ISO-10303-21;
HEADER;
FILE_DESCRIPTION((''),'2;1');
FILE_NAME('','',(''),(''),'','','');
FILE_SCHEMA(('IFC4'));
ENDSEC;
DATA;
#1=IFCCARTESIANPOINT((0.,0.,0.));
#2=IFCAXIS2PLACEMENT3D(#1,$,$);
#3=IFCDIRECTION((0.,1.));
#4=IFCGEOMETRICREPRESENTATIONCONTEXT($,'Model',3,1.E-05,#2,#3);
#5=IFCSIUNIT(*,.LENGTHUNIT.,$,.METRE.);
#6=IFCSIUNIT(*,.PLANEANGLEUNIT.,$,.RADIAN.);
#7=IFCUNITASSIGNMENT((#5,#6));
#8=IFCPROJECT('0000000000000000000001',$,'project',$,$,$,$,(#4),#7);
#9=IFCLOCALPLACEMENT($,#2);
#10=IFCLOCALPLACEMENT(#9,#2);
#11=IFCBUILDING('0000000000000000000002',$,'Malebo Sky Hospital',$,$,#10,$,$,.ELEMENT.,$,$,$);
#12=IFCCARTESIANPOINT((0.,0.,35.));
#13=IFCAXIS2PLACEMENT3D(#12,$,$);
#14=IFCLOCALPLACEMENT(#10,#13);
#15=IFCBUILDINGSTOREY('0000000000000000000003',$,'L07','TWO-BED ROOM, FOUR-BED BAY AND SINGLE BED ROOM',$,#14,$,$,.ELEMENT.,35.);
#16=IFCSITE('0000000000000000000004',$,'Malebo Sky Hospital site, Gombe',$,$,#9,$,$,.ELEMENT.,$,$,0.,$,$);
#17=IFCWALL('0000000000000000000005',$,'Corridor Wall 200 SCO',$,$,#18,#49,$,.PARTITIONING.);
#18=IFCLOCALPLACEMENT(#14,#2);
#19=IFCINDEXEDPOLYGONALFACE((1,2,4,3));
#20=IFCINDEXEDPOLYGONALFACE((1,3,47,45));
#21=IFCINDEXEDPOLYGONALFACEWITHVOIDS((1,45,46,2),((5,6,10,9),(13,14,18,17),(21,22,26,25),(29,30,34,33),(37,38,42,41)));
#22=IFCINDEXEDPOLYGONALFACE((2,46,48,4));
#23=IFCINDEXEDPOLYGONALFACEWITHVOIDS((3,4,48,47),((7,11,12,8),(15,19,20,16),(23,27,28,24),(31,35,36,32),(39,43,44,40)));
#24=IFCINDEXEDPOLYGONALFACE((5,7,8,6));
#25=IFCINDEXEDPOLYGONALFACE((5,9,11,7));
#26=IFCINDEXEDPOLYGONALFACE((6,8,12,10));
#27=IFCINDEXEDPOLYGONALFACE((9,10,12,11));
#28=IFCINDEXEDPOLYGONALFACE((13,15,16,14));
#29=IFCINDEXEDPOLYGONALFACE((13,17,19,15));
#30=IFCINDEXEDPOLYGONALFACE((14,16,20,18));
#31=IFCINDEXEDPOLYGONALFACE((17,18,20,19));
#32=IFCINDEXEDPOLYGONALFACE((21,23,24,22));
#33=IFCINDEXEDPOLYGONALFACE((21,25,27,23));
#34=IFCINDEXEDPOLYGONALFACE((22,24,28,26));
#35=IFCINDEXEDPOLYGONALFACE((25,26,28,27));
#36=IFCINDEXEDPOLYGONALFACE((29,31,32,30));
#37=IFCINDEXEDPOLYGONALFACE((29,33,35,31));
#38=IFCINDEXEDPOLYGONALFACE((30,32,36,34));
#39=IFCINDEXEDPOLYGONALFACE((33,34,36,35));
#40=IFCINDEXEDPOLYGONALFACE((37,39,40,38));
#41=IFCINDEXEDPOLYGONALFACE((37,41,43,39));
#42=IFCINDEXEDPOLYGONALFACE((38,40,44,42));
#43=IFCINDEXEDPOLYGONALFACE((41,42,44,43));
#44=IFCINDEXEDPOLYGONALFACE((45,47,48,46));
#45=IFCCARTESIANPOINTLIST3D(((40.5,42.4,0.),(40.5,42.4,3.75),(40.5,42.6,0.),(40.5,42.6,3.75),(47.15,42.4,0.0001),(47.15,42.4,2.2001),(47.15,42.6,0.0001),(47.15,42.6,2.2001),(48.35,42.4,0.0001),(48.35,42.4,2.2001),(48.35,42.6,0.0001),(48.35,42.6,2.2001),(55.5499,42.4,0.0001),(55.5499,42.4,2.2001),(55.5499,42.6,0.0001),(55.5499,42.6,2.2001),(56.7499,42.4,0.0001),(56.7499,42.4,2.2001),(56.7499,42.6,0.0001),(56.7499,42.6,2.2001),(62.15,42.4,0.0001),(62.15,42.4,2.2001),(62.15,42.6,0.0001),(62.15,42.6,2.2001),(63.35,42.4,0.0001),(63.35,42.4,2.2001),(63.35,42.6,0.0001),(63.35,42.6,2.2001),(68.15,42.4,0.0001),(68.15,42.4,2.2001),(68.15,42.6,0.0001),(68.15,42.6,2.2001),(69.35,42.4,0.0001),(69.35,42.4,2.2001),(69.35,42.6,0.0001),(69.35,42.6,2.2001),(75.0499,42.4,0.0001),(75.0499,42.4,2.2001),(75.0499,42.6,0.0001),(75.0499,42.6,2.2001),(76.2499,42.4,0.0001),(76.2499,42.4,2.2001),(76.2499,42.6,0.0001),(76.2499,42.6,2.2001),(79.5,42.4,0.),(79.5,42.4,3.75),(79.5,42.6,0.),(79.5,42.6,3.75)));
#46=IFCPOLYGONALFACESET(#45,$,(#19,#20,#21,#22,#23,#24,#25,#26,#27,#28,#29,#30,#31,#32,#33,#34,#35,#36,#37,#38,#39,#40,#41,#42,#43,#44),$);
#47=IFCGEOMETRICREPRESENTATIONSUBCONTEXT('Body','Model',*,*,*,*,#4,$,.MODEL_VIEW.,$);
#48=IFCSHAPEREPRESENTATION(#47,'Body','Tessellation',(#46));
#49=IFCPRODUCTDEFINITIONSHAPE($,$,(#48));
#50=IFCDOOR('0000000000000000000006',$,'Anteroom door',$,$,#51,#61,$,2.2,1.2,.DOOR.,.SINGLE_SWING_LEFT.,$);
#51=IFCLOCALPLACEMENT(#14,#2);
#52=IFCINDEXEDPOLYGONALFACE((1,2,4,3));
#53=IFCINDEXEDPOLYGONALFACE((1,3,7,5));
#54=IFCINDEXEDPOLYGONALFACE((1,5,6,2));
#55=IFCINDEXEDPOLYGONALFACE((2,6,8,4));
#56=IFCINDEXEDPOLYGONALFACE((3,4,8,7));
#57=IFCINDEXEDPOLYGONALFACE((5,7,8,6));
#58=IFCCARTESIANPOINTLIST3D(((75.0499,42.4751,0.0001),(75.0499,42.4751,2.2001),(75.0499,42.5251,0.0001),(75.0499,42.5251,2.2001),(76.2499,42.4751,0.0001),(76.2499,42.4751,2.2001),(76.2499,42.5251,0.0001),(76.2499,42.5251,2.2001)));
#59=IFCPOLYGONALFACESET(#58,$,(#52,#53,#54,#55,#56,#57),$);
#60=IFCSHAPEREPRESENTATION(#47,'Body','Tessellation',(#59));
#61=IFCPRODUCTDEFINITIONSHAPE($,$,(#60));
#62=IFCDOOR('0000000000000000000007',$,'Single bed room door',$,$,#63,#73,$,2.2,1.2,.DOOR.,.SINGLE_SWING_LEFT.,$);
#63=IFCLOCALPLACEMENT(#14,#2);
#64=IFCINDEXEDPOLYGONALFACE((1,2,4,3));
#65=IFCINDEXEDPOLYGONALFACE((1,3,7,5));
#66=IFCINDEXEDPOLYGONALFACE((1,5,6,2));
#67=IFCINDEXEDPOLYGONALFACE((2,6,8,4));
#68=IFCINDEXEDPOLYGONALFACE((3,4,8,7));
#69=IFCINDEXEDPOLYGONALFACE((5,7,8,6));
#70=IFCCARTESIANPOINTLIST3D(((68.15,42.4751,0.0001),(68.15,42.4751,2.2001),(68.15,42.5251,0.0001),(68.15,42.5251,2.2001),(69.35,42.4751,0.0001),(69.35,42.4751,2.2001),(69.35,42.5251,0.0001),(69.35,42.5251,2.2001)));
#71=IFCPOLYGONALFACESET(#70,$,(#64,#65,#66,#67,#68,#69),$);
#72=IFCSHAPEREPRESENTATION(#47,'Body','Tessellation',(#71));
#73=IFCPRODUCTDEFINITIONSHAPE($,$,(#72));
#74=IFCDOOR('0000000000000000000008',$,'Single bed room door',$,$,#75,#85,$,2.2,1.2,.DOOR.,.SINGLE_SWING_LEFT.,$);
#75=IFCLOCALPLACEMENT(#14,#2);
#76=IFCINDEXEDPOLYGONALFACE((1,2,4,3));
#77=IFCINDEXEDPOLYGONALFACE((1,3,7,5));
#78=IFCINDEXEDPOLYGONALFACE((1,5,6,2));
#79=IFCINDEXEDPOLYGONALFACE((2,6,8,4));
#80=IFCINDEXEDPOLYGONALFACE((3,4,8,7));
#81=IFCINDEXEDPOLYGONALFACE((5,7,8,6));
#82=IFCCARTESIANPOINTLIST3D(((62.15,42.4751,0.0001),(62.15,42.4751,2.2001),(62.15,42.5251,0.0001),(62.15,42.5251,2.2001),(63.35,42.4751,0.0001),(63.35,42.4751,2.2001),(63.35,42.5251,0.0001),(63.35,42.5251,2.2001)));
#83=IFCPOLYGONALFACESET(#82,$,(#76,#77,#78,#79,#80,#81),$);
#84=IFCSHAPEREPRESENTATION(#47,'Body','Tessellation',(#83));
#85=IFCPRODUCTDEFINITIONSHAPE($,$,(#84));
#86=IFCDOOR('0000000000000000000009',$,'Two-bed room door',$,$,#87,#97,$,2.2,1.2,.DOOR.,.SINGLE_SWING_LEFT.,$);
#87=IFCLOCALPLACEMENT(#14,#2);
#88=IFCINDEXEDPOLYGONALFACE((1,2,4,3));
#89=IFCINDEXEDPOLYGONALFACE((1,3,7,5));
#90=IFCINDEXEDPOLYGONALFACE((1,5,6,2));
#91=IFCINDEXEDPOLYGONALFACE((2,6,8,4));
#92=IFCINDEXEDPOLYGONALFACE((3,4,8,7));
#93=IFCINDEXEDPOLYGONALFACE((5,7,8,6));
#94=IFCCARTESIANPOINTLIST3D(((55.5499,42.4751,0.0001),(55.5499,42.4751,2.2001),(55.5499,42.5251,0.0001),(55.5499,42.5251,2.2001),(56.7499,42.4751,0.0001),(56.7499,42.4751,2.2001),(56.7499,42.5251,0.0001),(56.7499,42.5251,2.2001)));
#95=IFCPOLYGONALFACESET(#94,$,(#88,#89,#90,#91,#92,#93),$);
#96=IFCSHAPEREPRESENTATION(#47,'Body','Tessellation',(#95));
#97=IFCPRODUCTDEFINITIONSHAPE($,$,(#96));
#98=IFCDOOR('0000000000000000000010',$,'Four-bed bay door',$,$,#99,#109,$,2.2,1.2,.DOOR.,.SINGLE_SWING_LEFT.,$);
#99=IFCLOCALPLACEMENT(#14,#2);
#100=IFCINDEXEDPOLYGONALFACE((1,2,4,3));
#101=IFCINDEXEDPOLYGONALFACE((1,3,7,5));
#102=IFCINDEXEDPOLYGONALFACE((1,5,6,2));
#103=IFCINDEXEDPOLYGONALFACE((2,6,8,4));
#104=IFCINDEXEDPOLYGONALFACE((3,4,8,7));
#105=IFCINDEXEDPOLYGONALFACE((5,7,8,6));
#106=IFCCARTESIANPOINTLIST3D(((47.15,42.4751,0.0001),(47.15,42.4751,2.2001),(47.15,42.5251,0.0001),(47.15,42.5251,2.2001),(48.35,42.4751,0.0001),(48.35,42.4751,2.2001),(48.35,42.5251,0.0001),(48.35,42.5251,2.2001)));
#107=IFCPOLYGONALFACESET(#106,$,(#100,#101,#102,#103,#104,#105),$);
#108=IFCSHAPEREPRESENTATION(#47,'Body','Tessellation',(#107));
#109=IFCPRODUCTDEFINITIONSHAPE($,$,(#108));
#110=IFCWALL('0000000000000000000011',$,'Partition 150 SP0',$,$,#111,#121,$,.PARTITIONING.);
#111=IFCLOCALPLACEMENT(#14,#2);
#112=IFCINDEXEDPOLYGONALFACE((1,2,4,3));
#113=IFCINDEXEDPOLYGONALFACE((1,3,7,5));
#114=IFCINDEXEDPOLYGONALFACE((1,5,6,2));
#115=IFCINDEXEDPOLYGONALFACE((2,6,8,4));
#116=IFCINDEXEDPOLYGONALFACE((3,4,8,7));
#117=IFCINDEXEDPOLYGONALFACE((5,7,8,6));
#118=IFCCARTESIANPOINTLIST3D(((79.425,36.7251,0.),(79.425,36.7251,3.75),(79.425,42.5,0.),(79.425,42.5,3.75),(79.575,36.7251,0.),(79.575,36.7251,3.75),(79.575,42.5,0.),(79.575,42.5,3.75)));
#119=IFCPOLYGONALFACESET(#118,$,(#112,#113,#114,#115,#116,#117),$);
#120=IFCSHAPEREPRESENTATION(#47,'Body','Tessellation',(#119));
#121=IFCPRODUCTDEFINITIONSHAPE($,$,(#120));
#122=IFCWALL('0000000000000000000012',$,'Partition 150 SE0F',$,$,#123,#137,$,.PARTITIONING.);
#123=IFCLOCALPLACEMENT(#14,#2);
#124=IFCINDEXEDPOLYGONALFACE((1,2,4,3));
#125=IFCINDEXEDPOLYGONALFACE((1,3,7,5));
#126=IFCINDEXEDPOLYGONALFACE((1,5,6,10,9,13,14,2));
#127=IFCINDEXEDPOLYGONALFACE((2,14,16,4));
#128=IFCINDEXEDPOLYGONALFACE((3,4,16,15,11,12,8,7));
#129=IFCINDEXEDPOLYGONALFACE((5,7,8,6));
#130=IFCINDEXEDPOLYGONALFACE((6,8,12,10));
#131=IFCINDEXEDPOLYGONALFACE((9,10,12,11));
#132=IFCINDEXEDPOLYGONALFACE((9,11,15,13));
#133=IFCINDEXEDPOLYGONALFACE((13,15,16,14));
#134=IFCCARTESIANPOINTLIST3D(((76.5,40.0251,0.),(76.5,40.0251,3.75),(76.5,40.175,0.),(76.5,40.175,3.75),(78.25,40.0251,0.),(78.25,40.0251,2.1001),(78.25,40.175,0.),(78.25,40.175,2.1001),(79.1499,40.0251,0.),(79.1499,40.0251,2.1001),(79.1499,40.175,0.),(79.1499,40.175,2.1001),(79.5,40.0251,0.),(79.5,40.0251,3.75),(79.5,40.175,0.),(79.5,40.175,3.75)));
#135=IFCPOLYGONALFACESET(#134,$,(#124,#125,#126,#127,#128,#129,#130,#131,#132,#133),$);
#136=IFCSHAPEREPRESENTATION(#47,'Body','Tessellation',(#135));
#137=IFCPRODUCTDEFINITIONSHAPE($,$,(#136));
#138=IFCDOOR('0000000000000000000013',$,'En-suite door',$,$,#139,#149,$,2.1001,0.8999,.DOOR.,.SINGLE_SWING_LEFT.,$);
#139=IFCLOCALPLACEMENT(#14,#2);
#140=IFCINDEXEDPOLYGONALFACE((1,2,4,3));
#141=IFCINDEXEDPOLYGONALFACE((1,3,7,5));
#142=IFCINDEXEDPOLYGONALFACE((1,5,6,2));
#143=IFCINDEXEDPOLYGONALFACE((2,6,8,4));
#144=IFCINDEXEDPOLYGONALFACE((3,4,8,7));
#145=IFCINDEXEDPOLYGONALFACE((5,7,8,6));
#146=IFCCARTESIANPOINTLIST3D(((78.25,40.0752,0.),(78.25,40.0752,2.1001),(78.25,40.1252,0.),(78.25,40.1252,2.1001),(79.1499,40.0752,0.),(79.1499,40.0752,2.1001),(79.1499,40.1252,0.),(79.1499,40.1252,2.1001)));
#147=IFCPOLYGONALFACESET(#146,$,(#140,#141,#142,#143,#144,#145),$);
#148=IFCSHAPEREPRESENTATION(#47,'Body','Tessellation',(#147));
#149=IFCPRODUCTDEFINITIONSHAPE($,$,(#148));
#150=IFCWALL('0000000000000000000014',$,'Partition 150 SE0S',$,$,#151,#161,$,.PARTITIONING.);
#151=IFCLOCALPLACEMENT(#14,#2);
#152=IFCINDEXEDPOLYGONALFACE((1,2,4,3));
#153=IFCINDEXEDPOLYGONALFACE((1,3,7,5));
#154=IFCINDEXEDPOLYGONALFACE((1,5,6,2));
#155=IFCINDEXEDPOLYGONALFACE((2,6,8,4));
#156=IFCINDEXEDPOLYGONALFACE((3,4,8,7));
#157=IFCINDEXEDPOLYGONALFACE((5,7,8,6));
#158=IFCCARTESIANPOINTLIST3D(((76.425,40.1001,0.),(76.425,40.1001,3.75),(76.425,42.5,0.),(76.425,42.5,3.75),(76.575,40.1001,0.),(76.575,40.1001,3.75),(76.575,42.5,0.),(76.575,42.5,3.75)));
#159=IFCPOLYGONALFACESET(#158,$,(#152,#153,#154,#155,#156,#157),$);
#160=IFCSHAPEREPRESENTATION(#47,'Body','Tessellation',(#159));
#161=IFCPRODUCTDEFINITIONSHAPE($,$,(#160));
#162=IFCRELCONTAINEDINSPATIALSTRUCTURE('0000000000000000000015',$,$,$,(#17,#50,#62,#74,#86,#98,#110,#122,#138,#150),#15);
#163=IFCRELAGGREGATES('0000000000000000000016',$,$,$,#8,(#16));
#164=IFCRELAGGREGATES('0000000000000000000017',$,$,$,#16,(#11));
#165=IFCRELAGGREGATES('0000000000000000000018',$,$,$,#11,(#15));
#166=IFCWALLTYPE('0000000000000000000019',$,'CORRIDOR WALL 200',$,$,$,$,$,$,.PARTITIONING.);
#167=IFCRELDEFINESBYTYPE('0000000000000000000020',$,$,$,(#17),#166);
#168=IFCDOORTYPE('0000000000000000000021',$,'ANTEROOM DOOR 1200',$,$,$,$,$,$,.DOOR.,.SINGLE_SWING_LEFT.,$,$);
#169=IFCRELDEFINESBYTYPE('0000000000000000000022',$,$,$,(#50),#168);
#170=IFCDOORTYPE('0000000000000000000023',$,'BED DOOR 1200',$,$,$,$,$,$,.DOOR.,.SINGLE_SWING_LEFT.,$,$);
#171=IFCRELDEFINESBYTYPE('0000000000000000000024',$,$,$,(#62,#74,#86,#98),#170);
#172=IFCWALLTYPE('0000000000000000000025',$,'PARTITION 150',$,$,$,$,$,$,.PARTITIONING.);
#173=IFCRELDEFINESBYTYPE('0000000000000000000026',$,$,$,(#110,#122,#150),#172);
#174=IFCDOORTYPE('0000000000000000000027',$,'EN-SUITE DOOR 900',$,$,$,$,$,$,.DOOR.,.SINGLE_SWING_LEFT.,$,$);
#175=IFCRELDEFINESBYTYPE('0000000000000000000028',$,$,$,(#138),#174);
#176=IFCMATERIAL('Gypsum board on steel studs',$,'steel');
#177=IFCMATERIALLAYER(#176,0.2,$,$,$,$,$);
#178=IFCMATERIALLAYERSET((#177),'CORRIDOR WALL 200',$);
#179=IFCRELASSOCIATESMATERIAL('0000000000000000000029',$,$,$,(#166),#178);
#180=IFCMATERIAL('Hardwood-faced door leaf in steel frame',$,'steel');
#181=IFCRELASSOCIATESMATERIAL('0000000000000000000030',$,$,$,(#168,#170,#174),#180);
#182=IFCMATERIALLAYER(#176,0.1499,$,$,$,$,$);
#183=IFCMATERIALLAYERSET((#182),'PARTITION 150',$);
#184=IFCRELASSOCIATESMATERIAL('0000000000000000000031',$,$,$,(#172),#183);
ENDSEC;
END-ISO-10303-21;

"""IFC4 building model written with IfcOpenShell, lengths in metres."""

from ifc_helpers import new_model, si_unit, direction, frame, frame_2d, origin, place, context, subcontext, project, spatial, rectangle, extrude, material, layer, layer_set, type_object, element, fill, save


model = new_model("IFC4")

# Units and contexts
model_context = context("Model", 3, precision=1e-05, world=origin(), true_north=direction((0.0, 1.0)))
body_context = subcontext(model_context, "Body", "Model", "MODEL_VIEW")
ifc_project = project(units=[si_unit("LENGTHUNIT", "METRE"), si_unit("PLANEANGLEUNIT", "RADIAN")], contexts=[model_context])

# Site, building, storey
site_placement = place(None, origin())
site = spatial("IfcSite", under=ifc_project, at=site_placement, Name="Malebo Sky Hospital site, Gombe", CompositionType="ELEMENT", RefElevation=0.0)
building_placement = place(site_placement, origin())
building = spatial("IfcBuilding", under=site, at=building_placement, Name="Malebo Sky Hospital", CompositionType="ELEMENT")
storey_placement = place(building_placement, frame((0.0, 0.0, 35.0)))
storey = spatial("IfcBuildingStorey", under=building, at=storey_placement, Name="L07", Description="TWO-BED ROOM, FOUR-BED BAY AND SINGLE BED ROOM", CompositionType="ELEMENT", Elevation=35.0)

# Wall, openings, doors
ifc_material_1 = material(Name="Gypsum board on steel studs", Category="steel")
ifc_layer_1 = layer(ifc_material_1, 0.2)
ifc_layer_set_1 = layer_set([ifc_layer_1], Name="CORRIDOR WALL 200")
wall_type_1 = type_object("IfcWallType", Name="CORRIDOR WALL 200", PredefinedType="PARTITIONING", material=ifc_layer_set_1)
wall_1_placement = place(storey_placement, frame((79.5, 42.5, 0.0), z_axis=(0.0, 0.0, 1.0), x_axis=(-1.0, 0.0, 0.0)))
wall_1 = element("IfcWall", 1, at=wall_1_placement, inside=storey, type_object=wall_type_1, Name="Corridor Wall 200 SCO", PredefinedType="PARTITIONING", context=body_context, shape_type="SweptSolid", body=[
    extrude(rectangle(XDim=39.0, YDim=0.2, at=frame_2d((19.5, 0.0))), origin(), (0.0, 0.0, 1.0), 3.75),
])
opening_1_placement = place(wall_1_placement, frame((3.25, 0.0, 0.0)))
opening_1 = element("IfcOpeningElement", 2, at=opening_1_placement, cuts=wall_1, PredefinedType="OPENING", context=body_context, shape_type="SweptSolid", body=[
    extrude(rectangle(XDim=1.2, YDim=2.2, at=frame_2d((0.6001, 1.1001))), frame((0.0, 0.1099, 0.0), z_axis=(0.0, -1.0, 0.0), x_axis=(1.0, 0.0, 0.0)), (0.0, 0.0, 1.0), 0.22),
])
opening_2_placement = place(wall_1_placement, frame((10.1499, 0.0, 0.0)))
opening_2 = element("IfcOpeningElement", 3, at=opening_2_placement, cuts=wall_1, PredefinedType="OPENING", context=body_context, shape_type="SweptSolid", body=[
    extrude(rectangle(XDim=1.2, YDim=2.2, at=frame_2d((0.6001, 1.1001))), frame((0.0, 0.1099, 0.0), z_axis=(0.0, -1.0, 0.0), x_axis=(1.0, 0.0, 0.0)), (0.0, 0.0, 1.0), 0.22),
])
opening_3_placement = place(wall_1_placement, frame((16.1499, 0.0, 0.0)))
opening_3 = element("IfcOpeningElement", 4, at=opening_3_placement, cuts=wall_1, PredefinedType="OPENING", context=body_context, shape_type="SweptSolid", body=[
    extrude(rectangle(XDim=1.2, YDim=2.2, at=frame_2d((0.6001, 1.1001))), frame((0.0, 0.1099, 0.0), z_axis=(0.0, -1.0, 0.0), x_axis=(1.0, 0.0, 0.0)), (0.0, 0.0, 1.0), 0.22),
])
opening_4_placement = place(wall_1_placement, frame((22.75, 0.0, 0.0)))
opening_4 = element("IfcOpeningElement", 5, at=opening_4_placement, cuts=wall_1, PredefinedType="OPENING", context=body_context, shape_type="SweptSolid", body=[
    extrude(rectangle(XDim=1.2, YDim=2.2, at=frame_2d((0.6001, 1.1001))), frame((0.0, 0.1099, 0.0), z_axis=(0.0, -1.0, 0.0), x_axis=(1.0, 0.0, 0.0)), (0.0, 0.0, 1.0), 0.22),
])
opening_5_placement = place(wall_1_placement, frame((31.1499, 0.0, 0.0)))
opening_5 = element("IfcOpeningElement", 6, at=opening_5_placement, cuts=wall_1, PredefinedType="OPENING", context=body_context, shape_type="SweptSolid", body=[
    extrude(rectangle(XDim=1.2, YDim=2.2, at=frame_2d((0.6001, 1.1001))), frame((0.0, 0.1099, 0.0), z_axis=(0.0, -1.0, 0.0), x_axis=(1.0, 0.0, 0.0)), (0.0, 0.0, 1.0), 0.22),
])
ifc_material_2 = material(Name="Hardwood-faced door leaf in steel frame", Category="steel")
door_type_1 = type_object("IfcDoorType", Name="ANTEROOM DOOR 1200", OperationType="SINGLE_SWING_LEFT", PredefinedType="DOOR", material=ifc_material_2)
door_1_placement = place(opening_1_placement, origin())
door_1 = element("IfcDoor", 7, at=door_1_placement, inside=storey, type_object=door_type_1, Name="Anteroom door", OperationType="SINGLE_SWING_LEFT", OverallHeight=2.2, OverallWidth=1.2, PredefinedType="DOOR", context=body_context, shape_type="SweptSolid", body=[
    extrude(rectangle(XDim=1.2, YDim=2.2, at=frame_2d((0.6001, 1.1001))), frame((0.0, 0.0249, 0.0), z_axis=(0.0, -1.0, 0.0), x_axis=(1.0, 0.0, 0.0)), (0.0, 0.0, 1.0), 0.05),
])
fill(opening_1, door_1)
door_type_2 = type_object("IfcDoorType", Name="BED DOOR 1200", OperationType="SINGLE_SWING_LEFT", PredefinedType="DOOR", material=ifc_material_2)
door_2_placement = place(opening_2_placement, origin())
door_2 = element("IfcDoor", 8, at=door_2_placement, inside=storey, type_object=door_type_2, Name="Single bed room door", OperationType="SINGLE_SWING_LEFT", OverallHeight=2.2, OverallWidth=1.2, PredefinedType="DOOR", context=body_context, shape_type="SweptSolid", body=[
    extrude(rectangle(XDim=1.2, YDim=2.2, at=frame_2d((0.6001, 1.1001))), frame((0.0, 0.0249, 0.0), z_axis=(0.0, -1.0, 0.0), x_axis=(1.0, 0.0, 0.0)), (0.0, 0.0, 1.0), 0.05),
])
fill(opening_2, door_2)
door_3_placement = place(opening_3_placement, origin())
door_3 = element("IfcDoor", 9, at=door_3_placement, inside=storey, type_object=door_type_2, Name="Single bed room door", OperationType="SINGLE_SWING_LEFT", OverallHeight=2.2, OverallWidth=1.2, PredefinedType="DOOR", context=body_context, shape_type="SweptSolid", body=[
    extrude(rectangle(XDim=1.2, YDim=2.2, at=frame_2d((0.6001, 1.1001))), frame((0.0, 0.0249, 0.0), z_axis=(0.0, -1.0, 0.0), x_axis=(1.0, 0.0, 0.0)), (0.0, 0.0, 1.0), 0.05),
])
fill(opening_3, door_3)
door_4_placement = place(opening_4_placement, origin())
door_4 = element("IfcDoor", 10, at=door_4_placement, inside=storey, type_object=door_type_2, Name="Two-bed room door", OperationType="SINGLE_SWING_LEFT", OverallHeight=2.2, OverallWidth=1.2, PredefinedType="DOOR", context=body_context, shape_type="SweptSolid", body=[
    extrude(rectangle(XDim=1.2, YDim=2.2, at=frame_2d((0.6001, 1.1001))), frame((0.0, 0.0249, 0.0), z_axis=(0.0, -1.0, 0.0), x_axis=(1.0, 0.0, 0.0)), (0.0, 0.0, 1.0), 0.05),
])
fill(opening_4, door_4)
door_5_placement = place(opening_5_placement, origin())
door_5 = element("IfcDoor", 11, at=door_5_placement, inside=storey, type_object=door_type_2, Name="Four-bed bay door", OperationType="SINGLE_SWING_LEFT", OverallHeight=2.2, OverallWidth=1.2, PredefinedType="DOOR", context=body_context, shape_type="SweptSolid", body=[
    extrude(rectangle(XDim=1.2, YDim=2.2, at=frame_2d((0.6001, 1.1001))), frame((0.0, 0.0249, 0.0), z_axis=(0.0, -1.0, 0.0), x_axis=(1.0, 0.0, 0.0)), (0.0, 0.0, 1.0), 0.05),
])
fill(opening_5, door_5)

# Wall
ifc_layer_2 = layer(ifc_material_1, 0.1499)
ifc_layer_set_2 = layer_set([ifc_layer_2], Name="PARTITION 150")
wall_type_2 = type_object("IfcWallType", Name="PARTITION 150", PredefinedType="PARTITIONING", material=ifc_layer_set_2)
wall_2_placement = place(storey_placement, frame((79.5, 42.5, 0.0), z_axis=(0.0, 0.0, 1.0), x_axis=(0.0, -1.0, 0.0)))
element("IfcWall", 12, at=wall_2_placement, inside=storey, type_object=wall_type_2, Name="Partition 150 SP0", PredefinedType="PARTITIONING", context=body_context, shape_type="SweptSolid", body=[
    extrude(rectangle(XDim=5.7749, YDim=0.1499, at=frame_2d((2.8875, 0.0))), origin(), (0.0, 0.0, 1.0), 3.75),
])

# Wall, opening, door
wall_3_placement = place(storey_placement, frame((79.5, 40.1001, 0.0), z_axis=(0.0, 0.0, 1.0), x_axis=(-1.0, 0.0, 0.0)))
wall_3 = element("IfcWall", 13, at=wall_3_placement, inside=storey, type_object=wall_type_2, Name="Partition 150 SE0F", PredefinedType="PARTITIONING", context=body_context, shape_type="SweptSolid", body=[
    extrude(rectangle(XDim=3.0, YDim=0.1499, at=frame_2d((1.5, 0.0))), origin(), (0.0, 0.0, 1.0), 3.75),
])
opening_6_placement = place(wall_3_placement, frame((0.3501, 0.0, 0.0)))
opening_6 = element("IfcOpeningElement", 14, at=opening_6_placement, cuts=wall_3, PredefinedType="OPENING", context=body_context, shape_type="SweptSolid", body=[
    extrude(rectangle(XDim=0.8999, YDim=2.1001, at=frame_2d((0.45, 1.05))), frame((0.0, 0.085, 0.0), z_axis=(0.0, -1.0, 0.0), x_axis=(1.0, 0.0, 0.0)), (0.0, 0.0, 1.0), 0.1699),
])
door_type_3 = type_object("IfcDoorType", Name="EN-SUITE DOOR 900", OperationType="SINGLE_SWING_LEFT", PredefinedType="DOOR", material=ifc_material_2)
door_6_placement = place(opening_6_placement, origin())
door_6 = element("IfcDoor", 15, at=door_6_placement, inside=storey, type_object=door_type_3, Name="En-suite door", OperationType="SINGLE_SWING_LEFT", OverallHeight=2.1001, OverallWidth=0.8999, PredefinedType="DOOR", context=body_context, shape_type="SweptSolid", body=[
    extrude(rectangle(XDim=0.8999, YDim=2.1001, at=frame_2d((0.45, 1.05))), frame((0.0, 0.0249, 0.0), z_axis=(0.0, -1.0, 0.0), x_axis=(1.0, 0.0, 0.0)), (0.0, 0.0, 1.0), 0.05),
])
fill(opening_6, door_6)

# Wall
for number, where, z_axis, x_axis, name in (
    (16, (76.5, 42.5, 0.0), (0.0, 0.0, 1.0), (0.0, -1.0, 0.0), "Partition 150 SE0S"),
):
    element("IfcWall", number, at=place(storey_placement, frame(where, z_axis=z_axis, x_axis=x_axis)), inside=storey, type_object=wall_type_2, Name=name, PredefinedType="PARTITIONING", context=body_context, shape_type="SweptSolid", body=[
        extrude(rectangle(XDim=2.3999, YDim=0.1499, at=frame_2d((1.2, 0.0))), origin(), (0.0, 0.0, 1.0), 3.75),
    ])

save(model, "model.ifc")
